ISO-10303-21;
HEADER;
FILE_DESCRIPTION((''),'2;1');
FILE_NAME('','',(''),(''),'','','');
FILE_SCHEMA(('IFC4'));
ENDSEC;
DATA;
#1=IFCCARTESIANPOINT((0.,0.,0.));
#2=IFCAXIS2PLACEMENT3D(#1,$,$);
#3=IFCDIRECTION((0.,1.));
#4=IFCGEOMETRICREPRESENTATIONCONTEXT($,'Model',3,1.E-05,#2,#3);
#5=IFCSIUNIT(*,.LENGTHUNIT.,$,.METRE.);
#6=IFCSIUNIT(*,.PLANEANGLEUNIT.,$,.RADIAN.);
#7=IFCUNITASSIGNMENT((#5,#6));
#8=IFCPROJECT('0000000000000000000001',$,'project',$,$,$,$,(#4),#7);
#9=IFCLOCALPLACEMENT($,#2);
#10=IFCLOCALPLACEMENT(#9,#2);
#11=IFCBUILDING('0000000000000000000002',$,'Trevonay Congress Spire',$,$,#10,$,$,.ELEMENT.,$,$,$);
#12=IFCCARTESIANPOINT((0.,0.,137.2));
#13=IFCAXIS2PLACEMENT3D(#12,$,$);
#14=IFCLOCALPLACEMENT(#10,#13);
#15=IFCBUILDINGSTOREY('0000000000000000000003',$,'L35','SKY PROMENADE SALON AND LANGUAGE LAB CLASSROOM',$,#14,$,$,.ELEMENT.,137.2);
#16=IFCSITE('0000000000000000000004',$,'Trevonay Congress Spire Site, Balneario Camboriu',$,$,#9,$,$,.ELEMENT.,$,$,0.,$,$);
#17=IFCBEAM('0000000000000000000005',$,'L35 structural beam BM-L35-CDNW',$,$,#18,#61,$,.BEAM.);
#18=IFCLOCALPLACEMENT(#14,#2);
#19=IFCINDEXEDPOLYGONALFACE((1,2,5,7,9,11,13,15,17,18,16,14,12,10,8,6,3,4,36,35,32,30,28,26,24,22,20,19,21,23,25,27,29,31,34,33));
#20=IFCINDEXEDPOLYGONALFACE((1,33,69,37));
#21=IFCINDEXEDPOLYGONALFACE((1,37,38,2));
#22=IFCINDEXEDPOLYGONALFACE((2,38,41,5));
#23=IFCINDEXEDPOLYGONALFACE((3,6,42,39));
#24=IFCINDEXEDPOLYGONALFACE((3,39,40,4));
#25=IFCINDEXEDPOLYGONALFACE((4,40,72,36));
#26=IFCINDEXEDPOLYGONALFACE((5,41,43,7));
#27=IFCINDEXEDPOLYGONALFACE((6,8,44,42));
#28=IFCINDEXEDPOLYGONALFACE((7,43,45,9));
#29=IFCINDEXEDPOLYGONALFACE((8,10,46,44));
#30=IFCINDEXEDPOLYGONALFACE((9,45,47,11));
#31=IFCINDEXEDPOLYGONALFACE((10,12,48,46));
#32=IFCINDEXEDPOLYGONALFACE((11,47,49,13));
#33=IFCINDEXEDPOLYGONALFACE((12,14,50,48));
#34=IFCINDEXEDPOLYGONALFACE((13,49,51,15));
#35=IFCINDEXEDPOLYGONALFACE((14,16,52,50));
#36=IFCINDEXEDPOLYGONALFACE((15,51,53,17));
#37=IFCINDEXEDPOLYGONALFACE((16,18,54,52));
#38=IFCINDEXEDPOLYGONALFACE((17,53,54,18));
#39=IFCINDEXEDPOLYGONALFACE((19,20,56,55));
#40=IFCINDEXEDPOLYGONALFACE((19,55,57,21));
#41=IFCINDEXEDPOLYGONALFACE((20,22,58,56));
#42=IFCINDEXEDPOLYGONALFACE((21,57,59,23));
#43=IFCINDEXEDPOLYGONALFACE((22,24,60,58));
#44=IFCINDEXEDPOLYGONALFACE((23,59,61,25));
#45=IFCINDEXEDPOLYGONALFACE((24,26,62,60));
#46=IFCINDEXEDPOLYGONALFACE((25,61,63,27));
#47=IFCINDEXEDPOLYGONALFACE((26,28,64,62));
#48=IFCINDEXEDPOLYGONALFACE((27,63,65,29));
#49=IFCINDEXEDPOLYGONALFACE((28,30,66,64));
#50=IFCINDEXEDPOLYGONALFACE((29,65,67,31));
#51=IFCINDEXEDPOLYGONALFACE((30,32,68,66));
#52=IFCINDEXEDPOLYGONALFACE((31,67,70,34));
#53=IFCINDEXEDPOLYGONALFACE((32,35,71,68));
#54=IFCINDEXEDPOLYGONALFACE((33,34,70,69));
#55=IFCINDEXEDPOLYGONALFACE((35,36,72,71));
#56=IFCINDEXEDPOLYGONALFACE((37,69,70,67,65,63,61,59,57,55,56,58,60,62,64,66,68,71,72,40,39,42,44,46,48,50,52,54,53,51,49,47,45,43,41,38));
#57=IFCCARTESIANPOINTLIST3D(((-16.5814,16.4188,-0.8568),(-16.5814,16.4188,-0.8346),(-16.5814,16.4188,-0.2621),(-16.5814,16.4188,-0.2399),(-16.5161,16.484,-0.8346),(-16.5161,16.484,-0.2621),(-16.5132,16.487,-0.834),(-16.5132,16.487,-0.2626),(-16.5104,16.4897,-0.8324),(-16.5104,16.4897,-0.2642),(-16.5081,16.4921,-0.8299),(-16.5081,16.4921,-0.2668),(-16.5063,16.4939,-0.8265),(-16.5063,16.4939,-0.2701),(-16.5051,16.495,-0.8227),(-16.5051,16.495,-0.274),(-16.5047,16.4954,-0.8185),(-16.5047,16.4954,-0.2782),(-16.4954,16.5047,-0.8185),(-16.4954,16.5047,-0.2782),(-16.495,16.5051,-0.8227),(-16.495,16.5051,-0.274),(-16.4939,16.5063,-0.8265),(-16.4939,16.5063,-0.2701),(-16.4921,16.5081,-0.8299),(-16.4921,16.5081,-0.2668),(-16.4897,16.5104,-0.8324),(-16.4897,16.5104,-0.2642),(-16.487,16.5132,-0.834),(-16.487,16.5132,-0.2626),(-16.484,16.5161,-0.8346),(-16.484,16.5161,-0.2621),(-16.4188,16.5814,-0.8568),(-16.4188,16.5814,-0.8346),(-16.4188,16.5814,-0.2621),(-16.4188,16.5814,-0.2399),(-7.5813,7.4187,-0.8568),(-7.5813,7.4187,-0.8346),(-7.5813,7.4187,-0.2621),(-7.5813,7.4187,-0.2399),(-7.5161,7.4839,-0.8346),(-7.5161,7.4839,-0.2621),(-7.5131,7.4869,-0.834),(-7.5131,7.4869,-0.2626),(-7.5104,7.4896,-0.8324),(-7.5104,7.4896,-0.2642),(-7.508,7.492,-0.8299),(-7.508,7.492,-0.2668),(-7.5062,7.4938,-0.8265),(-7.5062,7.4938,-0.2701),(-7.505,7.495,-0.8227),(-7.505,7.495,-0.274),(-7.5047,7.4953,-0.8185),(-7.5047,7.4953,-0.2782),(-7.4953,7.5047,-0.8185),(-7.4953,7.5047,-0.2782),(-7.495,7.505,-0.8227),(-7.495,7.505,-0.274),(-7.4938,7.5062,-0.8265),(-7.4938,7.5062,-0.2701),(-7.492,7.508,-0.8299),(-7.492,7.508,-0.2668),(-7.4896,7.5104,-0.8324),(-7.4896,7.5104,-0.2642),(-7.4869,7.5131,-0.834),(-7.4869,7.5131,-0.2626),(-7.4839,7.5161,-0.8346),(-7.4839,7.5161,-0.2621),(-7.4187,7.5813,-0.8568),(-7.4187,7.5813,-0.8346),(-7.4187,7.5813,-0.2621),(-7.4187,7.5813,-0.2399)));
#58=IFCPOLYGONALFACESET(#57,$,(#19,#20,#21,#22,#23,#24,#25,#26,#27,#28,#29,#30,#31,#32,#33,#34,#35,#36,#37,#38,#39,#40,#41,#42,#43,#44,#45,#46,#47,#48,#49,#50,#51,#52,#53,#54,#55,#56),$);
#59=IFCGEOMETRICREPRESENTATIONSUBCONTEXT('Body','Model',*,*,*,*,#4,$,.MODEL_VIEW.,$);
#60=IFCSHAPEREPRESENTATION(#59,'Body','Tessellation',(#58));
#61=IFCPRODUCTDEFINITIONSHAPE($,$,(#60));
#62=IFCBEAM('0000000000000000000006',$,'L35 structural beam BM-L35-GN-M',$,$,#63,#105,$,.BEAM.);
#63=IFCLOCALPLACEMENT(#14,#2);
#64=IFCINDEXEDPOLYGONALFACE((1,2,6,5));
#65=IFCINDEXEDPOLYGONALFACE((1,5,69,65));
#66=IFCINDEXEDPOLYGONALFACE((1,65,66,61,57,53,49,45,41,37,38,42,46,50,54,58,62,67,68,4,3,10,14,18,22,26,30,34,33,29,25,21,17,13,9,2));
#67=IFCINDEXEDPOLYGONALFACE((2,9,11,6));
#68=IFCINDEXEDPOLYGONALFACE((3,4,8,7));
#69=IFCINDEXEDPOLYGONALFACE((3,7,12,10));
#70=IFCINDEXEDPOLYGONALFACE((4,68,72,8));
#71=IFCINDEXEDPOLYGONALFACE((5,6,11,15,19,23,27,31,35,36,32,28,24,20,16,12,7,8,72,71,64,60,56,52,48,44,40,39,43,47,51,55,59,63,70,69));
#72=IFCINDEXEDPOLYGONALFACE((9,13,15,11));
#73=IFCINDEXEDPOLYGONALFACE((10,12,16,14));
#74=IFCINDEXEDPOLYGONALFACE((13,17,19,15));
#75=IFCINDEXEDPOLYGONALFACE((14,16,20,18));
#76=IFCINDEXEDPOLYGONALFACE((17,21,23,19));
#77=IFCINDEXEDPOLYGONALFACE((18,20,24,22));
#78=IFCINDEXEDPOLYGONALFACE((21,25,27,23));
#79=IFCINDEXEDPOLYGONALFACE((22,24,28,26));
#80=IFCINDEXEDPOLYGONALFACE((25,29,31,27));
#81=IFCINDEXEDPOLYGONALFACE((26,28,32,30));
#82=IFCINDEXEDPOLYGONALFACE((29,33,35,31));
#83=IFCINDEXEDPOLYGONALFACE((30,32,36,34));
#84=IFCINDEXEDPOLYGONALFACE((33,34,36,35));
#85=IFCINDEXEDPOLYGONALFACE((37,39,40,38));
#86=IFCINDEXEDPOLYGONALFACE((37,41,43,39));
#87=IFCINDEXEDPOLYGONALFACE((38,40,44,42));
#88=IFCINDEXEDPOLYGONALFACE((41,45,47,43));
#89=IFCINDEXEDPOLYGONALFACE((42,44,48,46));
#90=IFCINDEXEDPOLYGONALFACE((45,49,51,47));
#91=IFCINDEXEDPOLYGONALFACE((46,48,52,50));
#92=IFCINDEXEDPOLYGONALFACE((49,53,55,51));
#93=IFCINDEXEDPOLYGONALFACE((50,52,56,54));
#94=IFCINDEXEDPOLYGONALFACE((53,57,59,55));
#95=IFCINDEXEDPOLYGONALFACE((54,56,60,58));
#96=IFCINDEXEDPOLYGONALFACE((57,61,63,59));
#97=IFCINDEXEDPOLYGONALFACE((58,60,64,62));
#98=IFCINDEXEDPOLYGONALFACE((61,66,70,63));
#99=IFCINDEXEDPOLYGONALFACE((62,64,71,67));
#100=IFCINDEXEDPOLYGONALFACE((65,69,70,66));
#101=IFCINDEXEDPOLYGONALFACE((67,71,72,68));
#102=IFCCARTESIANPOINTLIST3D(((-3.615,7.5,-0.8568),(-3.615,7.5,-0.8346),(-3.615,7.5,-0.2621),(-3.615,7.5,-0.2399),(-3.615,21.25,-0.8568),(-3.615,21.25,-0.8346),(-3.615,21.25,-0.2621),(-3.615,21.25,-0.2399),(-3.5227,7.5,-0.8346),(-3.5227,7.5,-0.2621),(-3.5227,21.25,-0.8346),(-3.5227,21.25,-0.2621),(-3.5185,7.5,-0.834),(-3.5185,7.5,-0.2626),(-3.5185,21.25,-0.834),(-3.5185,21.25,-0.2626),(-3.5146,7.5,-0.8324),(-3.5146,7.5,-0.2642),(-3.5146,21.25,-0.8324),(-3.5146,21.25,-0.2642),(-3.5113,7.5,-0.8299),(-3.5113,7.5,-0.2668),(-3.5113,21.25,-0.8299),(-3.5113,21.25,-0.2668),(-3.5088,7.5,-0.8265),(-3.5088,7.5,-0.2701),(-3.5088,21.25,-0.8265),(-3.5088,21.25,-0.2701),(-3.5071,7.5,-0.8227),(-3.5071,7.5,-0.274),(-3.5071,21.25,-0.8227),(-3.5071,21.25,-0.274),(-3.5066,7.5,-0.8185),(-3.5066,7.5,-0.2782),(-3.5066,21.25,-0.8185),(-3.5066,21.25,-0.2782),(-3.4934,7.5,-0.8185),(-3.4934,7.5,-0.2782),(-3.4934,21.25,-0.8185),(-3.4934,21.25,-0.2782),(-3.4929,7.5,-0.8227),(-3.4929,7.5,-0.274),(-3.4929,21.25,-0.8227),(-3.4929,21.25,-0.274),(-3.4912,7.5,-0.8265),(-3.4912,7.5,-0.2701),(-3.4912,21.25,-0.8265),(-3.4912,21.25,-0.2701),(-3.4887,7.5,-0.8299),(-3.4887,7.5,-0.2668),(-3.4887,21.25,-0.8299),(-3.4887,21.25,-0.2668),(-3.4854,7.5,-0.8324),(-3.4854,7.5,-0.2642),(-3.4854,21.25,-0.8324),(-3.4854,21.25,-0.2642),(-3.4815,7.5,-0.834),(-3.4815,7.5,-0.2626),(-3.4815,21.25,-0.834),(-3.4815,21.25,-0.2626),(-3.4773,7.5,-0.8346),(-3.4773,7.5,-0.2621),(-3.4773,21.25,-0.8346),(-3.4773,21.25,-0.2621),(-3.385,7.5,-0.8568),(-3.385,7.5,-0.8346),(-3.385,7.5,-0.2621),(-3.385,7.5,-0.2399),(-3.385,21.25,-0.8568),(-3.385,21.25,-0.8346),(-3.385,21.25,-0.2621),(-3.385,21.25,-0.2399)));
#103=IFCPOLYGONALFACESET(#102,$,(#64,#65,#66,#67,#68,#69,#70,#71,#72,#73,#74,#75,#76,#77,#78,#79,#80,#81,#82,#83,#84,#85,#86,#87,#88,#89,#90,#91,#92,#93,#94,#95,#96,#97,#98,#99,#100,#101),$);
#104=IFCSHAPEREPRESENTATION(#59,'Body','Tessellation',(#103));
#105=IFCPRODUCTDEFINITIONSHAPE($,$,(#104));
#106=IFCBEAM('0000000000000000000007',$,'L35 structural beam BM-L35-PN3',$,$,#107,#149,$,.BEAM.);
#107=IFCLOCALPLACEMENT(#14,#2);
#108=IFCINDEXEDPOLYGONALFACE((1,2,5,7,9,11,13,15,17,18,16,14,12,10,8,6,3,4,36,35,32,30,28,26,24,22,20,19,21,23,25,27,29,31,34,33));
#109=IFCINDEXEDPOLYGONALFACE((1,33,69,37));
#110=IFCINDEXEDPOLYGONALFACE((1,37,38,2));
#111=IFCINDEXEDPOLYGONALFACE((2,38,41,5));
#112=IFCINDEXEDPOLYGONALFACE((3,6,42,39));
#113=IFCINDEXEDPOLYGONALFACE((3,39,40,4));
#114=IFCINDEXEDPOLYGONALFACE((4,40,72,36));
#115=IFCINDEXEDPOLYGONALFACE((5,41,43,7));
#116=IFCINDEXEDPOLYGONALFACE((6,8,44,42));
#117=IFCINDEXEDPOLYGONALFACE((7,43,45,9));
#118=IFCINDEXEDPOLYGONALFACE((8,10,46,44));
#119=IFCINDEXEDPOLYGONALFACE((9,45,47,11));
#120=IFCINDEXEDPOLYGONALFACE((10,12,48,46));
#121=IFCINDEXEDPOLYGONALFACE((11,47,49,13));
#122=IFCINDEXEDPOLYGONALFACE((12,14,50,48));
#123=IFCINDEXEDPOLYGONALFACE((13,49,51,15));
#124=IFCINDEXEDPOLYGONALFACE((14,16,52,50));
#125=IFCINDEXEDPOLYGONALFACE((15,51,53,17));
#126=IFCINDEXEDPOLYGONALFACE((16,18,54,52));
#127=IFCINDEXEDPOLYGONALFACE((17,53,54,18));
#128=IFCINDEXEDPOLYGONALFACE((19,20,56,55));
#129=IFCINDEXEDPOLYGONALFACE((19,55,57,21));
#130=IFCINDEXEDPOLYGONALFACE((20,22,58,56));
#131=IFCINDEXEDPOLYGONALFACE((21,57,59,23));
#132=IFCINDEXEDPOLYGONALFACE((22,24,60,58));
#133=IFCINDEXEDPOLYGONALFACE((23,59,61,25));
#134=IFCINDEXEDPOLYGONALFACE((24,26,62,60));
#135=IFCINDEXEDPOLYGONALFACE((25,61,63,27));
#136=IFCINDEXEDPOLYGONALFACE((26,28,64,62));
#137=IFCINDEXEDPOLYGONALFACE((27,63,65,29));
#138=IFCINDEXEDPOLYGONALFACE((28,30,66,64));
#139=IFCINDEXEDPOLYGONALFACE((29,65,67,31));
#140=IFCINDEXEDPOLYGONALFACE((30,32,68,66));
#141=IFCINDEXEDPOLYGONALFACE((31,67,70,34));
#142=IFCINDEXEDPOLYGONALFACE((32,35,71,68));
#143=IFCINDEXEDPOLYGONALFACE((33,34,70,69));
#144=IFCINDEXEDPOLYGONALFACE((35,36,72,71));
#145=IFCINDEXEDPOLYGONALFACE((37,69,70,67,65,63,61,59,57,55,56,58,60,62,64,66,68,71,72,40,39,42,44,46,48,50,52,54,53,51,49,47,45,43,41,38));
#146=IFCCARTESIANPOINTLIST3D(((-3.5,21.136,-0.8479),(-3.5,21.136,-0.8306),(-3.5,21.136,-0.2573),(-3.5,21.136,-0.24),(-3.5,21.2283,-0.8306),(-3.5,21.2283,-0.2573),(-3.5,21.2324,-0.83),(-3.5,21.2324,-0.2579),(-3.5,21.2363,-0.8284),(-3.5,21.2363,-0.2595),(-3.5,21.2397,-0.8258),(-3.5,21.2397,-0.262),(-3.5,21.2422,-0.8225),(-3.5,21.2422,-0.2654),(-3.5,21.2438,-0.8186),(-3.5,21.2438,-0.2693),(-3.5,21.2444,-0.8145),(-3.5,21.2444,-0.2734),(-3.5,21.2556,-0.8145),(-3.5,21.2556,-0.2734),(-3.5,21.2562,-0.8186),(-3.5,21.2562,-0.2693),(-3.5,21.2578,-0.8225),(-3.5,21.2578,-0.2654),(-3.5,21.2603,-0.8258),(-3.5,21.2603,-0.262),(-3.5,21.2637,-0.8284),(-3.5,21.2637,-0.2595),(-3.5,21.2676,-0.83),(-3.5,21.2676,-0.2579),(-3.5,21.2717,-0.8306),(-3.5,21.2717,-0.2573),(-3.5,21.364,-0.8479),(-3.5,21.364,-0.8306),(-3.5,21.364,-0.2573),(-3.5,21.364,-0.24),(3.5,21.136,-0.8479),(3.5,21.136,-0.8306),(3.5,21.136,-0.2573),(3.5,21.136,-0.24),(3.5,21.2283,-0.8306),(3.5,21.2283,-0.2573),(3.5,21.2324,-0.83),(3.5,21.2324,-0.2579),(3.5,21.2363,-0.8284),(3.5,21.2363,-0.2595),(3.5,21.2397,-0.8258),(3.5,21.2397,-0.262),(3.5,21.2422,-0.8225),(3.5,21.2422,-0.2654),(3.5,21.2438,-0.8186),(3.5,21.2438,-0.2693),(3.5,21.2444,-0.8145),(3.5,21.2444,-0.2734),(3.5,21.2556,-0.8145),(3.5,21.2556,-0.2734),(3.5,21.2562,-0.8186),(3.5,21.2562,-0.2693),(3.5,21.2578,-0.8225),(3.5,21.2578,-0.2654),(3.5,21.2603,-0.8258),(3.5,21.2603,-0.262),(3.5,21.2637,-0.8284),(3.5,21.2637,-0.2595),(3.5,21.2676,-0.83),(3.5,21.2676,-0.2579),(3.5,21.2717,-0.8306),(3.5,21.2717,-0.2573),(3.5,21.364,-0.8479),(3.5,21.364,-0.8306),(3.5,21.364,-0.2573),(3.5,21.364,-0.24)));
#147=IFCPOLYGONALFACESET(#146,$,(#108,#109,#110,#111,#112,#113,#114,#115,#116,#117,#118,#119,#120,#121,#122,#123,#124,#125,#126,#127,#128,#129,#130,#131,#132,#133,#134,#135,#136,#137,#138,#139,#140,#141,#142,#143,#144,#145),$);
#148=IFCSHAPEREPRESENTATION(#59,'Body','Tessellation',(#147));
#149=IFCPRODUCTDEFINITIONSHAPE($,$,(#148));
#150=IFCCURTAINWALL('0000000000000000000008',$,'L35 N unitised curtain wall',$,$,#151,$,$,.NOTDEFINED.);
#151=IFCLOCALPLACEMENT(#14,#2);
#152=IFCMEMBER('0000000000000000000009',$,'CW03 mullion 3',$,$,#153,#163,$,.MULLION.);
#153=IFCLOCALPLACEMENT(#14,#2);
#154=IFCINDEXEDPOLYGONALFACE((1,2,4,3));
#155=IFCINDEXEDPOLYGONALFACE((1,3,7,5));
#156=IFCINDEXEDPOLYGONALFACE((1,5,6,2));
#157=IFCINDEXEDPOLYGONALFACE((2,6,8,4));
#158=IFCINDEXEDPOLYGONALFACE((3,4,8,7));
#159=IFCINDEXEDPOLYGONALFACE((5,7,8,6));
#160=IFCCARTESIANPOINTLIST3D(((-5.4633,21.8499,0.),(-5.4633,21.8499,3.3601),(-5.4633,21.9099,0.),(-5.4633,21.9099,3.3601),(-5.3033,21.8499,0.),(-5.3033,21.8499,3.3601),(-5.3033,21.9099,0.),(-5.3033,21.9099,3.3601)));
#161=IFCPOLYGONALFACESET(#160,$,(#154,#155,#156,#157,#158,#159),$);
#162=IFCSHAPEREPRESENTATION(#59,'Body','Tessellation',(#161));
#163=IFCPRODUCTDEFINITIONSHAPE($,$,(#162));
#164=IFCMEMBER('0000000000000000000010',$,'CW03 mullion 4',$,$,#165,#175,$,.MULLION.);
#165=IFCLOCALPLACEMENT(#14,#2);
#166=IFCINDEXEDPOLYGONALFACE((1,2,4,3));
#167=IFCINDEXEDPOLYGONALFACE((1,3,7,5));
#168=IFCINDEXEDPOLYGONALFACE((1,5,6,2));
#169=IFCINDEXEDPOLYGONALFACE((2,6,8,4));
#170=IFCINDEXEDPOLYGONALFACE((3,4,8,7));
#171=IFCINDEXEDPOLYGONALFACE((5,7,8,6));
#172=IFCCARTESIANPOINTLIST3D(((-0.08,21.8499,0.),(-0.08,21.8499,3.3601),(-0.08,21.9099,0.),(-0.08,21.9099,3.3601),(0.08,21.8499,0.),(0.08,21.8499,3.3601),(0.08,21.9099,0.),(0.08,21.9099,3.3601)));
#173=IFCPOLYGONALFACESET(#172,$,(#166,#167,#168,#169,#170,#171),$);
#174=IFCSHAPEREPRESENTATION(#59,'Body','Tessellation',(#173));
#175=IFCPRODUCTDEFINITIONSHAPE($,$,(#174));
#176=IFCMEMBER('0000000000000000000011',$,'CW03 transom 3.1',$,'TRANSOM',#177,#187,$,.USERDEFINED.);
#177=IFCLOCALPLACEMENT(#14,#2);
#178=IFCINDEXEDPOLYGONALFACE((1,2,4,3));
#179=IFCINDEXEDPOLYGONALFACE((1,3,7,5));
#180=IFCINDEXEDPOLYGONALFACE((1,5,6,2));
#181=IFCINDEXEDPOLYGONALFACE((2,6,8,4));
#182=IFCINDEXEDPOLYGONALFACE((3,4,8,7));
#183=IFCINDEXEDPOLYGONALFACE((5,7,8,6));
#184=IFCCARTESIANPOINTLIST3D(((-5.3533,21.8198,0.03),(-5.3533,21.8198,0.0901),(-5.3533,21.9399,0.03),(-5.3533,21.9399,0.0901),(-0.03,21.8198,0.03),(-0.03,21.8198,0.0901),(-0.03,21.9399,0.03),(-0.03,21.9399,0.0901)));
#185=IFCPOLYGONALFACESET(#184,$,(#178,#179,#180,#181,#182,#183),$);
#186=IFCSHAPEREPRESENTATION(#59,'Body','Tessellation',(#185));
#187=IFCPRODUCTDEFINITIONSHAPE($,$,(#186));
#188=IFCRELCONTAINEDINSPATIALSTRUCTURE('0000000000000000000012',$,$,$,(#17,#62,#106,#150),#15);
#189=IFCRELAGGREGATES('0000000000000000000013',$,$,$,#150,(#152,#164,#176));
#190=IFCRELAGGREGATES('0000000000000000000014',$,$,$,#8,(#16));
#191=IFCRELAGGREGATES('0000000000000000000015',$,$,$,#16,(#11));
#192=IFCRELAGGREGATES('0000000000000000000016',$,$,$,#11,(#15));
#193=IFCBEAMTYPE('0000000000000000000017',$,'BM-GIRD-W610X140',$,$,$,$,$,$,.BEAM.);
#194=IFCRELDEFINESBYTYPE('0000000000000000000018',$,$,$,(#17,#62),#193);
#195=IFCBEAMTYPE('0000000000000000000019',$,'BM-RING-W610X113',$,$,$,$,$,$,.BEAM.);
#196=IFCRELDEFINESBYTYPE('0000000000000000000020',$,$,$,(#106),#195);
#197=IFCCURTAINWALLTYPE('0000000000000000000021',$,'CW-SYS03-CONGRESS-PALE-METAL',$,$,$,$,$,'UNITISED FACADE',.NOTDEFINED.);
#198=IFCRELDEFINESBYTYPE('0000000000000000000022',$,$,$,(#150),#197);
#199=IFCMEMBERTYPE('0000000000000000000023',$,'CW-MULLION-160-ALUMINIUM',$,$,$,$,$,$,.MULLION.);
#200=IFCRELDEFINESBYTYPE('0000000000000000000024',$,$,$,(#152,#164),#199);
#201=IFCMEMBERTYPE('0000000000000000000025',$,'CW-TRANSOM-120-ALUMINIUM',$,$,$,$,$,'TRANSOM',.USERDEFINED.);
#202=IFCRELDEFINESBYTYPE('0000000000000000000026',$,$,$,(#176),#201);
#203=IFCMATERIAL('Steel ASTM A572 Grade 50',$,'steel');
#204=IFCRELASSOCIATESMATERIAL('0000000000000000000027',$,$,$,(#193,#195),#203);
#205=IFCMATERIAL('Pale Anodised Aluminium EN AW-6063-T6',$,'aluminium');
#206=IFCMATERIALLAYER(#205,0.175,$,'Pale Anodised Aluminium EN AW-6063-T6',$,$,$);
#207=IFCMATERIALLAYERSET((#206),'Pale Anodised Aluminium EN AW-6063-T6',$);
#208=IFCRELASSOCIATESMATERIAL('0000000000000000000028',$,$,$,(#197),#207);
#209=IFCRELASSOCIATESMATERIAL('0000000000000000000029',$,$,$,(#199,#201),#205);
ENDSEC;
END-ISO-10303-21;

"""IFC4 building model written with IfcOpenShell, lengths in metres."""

from ifc_helpers import new_model, si_unit, direction, frame, origin, origin_2d, place, context, subcontext, project, spatial, rectangle, i_section, extrude, material, layer, layer_set, material_profile, profile_set, type_object, element, aggregate, save


model = new_model("IFC4")

# Units and contexts
model_context = context("Model", 3, precision=1e-05, world=origin(), true_north=direction((0.0, 1.0)))
body_context = subcontext(model_context, "Body", "Model", "MODEL_VIEW")
ifc_project = project(units=[si_unit("LENGTHUNIT", "METRE"), si_unit("PLANEANGLEUNIT", "RADIAN")], contexts=[model_context])

# Site, building, storey
site_placement = place(None, origin())
site = spatial("IfcSite", under=ifc_project, at=site_placement, Name="Trevonay Congress Spire Site, Balneario Camboriu", CompositionType="ELEMENT", RefElevation=0.0)
building_placement = place(site_placement, origin())
building = spatial("IfcBuilding", under=site, at=building_placement, Name="Trevonay Congress Spire", CompositionType="ELEMENT")
storey_placement = place(building_placement, frame((0.0, 0.0, 137.2)))
storey = spatial("IfcBuildingStorey", under=building, at=storey_placement, Name="L35", Description="SKY PROMENADE SALON AND LANGUAGE LAB CLASSROOM", CompositionType="ELEMENT", Elevation=137.2)

# Shared definitions
ifc_material_1 = material(Name="Steel ASTM A572 Grade 50", Category="steel")

# Beams
ifc_material_profile_1 = material_profile(ifc_material_1, i_section(OverallWidth=0.23, OverallDepth=0.6169, WebThickness=0.0132, FlangeThickness=0.0222, FilletRadius=0.0161, at=origin_2d()), Name="W610x140")
ifc_profile_set_1 = profile_set([ifc_material_profile_1], Name="Steel ASTM A572 Grade 50")
beam_type_1 = type_object("IfcBeamType", Name="BM-GIRD-W610X140", PredefinedType="BEAM", material=ifc_profile_set_1)
beam_1_placement = place(storey_placement, frame((-7.5, 7.5, -0.5483), z_axis=(-0.707107, 0.707107, 0.0), x_axis=(-0.707107, -0.707107, 0.0)))
element("IfcBeam", 1, at=beam_1_placement, inside=storey, type_object=beam_type_1, Name="L35 structural beam BM-L35-CDNW", PredefinedType="BEAM", context=body_context, shape_type="SweptSolid", body=[
    extrude(i_section(OverallWidth=0.23, OverallDepth=0.6169, WebThickness=0.0132, FlangeThickness=0.0222, FilletRadius=0.0161, at=origin_2d()), origin(), (0.0, 0.0, 1.0), 12.728),
])
beam_2_placement = place(storey_placement, frame((-3.5, 7.5, -0.5483), z_axis=(0.0, 1.0, 0.0), x_axis=(-1.0, 0.0, 0.0)))
element("IfcBeam", 2, at=beam_2_placement, inside=storey, type_object=beam_type_1, Name="L35 structural beam BM-L35-GN-M", PredefinedType="BEAM", context=body_context, shape_type="SweptSolid", body=[
    extrude(i_section(OverallWidth=0.23, OverallDepth=0.6169, WebThickness=0.0132, FlangeThickness=0.0222, FilletRadius=0.0161, at=origin_2d()), origin(), (0.0, 0.0, 1.0), 13.75),
])
ifc_material_profile_2 = material_profile(ifc_material_1, i_section(OverallWidth=0.228, OverallDepth=0.6079, WebThickness=0.0112, FlangeThickness=0.0173, FilletRadius=0.0161, at=origin_2d()), Name="W610x113")
ifc_profile_set_2 = profile_set([ifc_material_profile_2], Name="Steel ASTM A572 Grade 50")
beam_type_2 = type_object("IfcBeamType", Name="BM-RING-W610X113", PredefinedType="BEAM", material=ifc_profile_set_2)
beam_3_placement = place(storey_placement, frame((-3.5, 21.25, -0.5439), z_axis=(1.0, 0.0, 0.0), x_axis=(0.0, 1.0, 0.0)))
element("IfcBeam", 3, at=beam_3_placement, inside=storey, type_object=beam_type_2, Name="L35 structural beam BM-L35-PN3", PredefinedType="BEAM", context=body_context, shape_type="SweptSolid", body=[
    extrude(i_section(OverallWidth=0.228, OverallDepth=0.6079, WebThickness=0.0112, FlangeThickness=0.0173, FilletRadius=0.0161, at=origin_2d()), origin(), (0.0, 0.0, 1.0), 7.0),
])

# Curtain wall, members
ifc_material_2 = material(Name="Pale Anodised Aluminium EN AW-6063-T6", Category="aluminium")
ifc_layer_1 = layer(ifc_material_2, 0.175, Name="Pale Anodised Aluminium EN AW-6063-T6")
ifc_layer_set_1 = layer_set([ifc_layer_1], Name="Pale Anodised Aluminium EN AW-6063-T6")
curtain_wall_type = type_object("IfcCurtainWallType", Name="CW-SYS03-CONGRESS-PALE-METAL", ElementType="UNITISED FACADE", PredefinedType="NOTDEFINED", material=ifc_layer_set_1)
curtain_wall_placement = place(storey_placement, origin())
curtain_wall = element("IfcCurtainWall", 4, at=curtain_wall_placement, inside=storey, type_object=curtain_wall_type, Name="L35 N unitised curtain wall", PredefinedType="NOTDEFINED")
ifc_material_profile_3 = material_profile(ifc_material_2, rectangle(XDim=0.0601, YDim=0.1599, at=origin_2d()), Name="CW-MULLION-160-ALUMINIUM")
ifc_profile_set_3 = profile_set([ifc_material_profile_3], Name="Pale Anodised Aluminium EN AW-6063-T6")
member_type_1 = type_object("IfcMemberType", Name="CW-MULLION-160-ALUMINIUM", PredefinedType="MULLION", material=ifc_profile_set_3)
member_1_placement = place(storey_placement, frame((-5.3833, 21.8799, 0.0), z_axis=(0.0, 0.0, 1.0), x_axis=(0.0, 1.0, 0.0)))
member_1 = element("IfcMember", 5, at=member_1_placement, type_object=member_type_1, Name="CW03 mullion 3", PredefinedType="MULLION", context=body_context, shape_type="SweptSolid", body=[
    extrude(rectangle(XDim=0.0601, YDim=0.1599, at=origin_2d()), origin(), (0.0, 0.0, 1.0), 3.3601),
])
member_2_placement = place(storey_placement, frame((0.0, 21.8799, 0.0), z_axis=(0.0, 0.0, 1.0), x_axis=(0.0, 1.0, 0.0)))
member_2 = element("IfcMember", 6, at=member_2_placement, type_object=member_type_1, Name="CW03 mullion 4", PredefinedType="MULLION", context=body_context, shape_type="SweptSolid", body=[
    extrude(rectangle(XDim=0.0601, YDim=0.1599, at=origin_2d()), origin(), (0.0, 0.0, 1.0), 3.3601),
])
ifc_material_profile_4 = material_profile(ifc_material_2, rectangle(XDim=0.1201, YDim=0.0601, at=origin_2d()), Name="CW-TRANSOM-120-ALUMINIUM")
ifc_profile_set_4 = profile_set([ifc_material_profile_4], Name="Pale Anodised Aluminium EN AW-6063-T6")
member_type_2 = type_object("IfcMemberType", Name="CW-TRANSOM-120-ALUMINIUM", ElementType="TRANSOM", PredefinedType="USERDEFINED", material=ifc_profile_set_4)
member_3_placement = place(storey_placement, frame((-5.3533, 21.8799, 0.0601), z_axis=(1.0, 0.0, 0.0), x_axis=(0.0, 1.0, 0.0)))
member_3 = element("IfcMember", 7, at=member_3_placement, type_object=member_type_2, Name="CW03 transom 3.1", ObjectType="TRANSOM", PredefinedType="USERDEFINED", context=body_context, shape_type="SweptSolid", body=[
    extrude(rectangle(XDim=0.1201, YDim=0.0601, at=origin_2d()), origin(), (0.0, 0.0, 1.0), 5.3232),
])

aggregate(curtain_wall, [member_1, member_2, member_3])

save(model, "model.ifc")
